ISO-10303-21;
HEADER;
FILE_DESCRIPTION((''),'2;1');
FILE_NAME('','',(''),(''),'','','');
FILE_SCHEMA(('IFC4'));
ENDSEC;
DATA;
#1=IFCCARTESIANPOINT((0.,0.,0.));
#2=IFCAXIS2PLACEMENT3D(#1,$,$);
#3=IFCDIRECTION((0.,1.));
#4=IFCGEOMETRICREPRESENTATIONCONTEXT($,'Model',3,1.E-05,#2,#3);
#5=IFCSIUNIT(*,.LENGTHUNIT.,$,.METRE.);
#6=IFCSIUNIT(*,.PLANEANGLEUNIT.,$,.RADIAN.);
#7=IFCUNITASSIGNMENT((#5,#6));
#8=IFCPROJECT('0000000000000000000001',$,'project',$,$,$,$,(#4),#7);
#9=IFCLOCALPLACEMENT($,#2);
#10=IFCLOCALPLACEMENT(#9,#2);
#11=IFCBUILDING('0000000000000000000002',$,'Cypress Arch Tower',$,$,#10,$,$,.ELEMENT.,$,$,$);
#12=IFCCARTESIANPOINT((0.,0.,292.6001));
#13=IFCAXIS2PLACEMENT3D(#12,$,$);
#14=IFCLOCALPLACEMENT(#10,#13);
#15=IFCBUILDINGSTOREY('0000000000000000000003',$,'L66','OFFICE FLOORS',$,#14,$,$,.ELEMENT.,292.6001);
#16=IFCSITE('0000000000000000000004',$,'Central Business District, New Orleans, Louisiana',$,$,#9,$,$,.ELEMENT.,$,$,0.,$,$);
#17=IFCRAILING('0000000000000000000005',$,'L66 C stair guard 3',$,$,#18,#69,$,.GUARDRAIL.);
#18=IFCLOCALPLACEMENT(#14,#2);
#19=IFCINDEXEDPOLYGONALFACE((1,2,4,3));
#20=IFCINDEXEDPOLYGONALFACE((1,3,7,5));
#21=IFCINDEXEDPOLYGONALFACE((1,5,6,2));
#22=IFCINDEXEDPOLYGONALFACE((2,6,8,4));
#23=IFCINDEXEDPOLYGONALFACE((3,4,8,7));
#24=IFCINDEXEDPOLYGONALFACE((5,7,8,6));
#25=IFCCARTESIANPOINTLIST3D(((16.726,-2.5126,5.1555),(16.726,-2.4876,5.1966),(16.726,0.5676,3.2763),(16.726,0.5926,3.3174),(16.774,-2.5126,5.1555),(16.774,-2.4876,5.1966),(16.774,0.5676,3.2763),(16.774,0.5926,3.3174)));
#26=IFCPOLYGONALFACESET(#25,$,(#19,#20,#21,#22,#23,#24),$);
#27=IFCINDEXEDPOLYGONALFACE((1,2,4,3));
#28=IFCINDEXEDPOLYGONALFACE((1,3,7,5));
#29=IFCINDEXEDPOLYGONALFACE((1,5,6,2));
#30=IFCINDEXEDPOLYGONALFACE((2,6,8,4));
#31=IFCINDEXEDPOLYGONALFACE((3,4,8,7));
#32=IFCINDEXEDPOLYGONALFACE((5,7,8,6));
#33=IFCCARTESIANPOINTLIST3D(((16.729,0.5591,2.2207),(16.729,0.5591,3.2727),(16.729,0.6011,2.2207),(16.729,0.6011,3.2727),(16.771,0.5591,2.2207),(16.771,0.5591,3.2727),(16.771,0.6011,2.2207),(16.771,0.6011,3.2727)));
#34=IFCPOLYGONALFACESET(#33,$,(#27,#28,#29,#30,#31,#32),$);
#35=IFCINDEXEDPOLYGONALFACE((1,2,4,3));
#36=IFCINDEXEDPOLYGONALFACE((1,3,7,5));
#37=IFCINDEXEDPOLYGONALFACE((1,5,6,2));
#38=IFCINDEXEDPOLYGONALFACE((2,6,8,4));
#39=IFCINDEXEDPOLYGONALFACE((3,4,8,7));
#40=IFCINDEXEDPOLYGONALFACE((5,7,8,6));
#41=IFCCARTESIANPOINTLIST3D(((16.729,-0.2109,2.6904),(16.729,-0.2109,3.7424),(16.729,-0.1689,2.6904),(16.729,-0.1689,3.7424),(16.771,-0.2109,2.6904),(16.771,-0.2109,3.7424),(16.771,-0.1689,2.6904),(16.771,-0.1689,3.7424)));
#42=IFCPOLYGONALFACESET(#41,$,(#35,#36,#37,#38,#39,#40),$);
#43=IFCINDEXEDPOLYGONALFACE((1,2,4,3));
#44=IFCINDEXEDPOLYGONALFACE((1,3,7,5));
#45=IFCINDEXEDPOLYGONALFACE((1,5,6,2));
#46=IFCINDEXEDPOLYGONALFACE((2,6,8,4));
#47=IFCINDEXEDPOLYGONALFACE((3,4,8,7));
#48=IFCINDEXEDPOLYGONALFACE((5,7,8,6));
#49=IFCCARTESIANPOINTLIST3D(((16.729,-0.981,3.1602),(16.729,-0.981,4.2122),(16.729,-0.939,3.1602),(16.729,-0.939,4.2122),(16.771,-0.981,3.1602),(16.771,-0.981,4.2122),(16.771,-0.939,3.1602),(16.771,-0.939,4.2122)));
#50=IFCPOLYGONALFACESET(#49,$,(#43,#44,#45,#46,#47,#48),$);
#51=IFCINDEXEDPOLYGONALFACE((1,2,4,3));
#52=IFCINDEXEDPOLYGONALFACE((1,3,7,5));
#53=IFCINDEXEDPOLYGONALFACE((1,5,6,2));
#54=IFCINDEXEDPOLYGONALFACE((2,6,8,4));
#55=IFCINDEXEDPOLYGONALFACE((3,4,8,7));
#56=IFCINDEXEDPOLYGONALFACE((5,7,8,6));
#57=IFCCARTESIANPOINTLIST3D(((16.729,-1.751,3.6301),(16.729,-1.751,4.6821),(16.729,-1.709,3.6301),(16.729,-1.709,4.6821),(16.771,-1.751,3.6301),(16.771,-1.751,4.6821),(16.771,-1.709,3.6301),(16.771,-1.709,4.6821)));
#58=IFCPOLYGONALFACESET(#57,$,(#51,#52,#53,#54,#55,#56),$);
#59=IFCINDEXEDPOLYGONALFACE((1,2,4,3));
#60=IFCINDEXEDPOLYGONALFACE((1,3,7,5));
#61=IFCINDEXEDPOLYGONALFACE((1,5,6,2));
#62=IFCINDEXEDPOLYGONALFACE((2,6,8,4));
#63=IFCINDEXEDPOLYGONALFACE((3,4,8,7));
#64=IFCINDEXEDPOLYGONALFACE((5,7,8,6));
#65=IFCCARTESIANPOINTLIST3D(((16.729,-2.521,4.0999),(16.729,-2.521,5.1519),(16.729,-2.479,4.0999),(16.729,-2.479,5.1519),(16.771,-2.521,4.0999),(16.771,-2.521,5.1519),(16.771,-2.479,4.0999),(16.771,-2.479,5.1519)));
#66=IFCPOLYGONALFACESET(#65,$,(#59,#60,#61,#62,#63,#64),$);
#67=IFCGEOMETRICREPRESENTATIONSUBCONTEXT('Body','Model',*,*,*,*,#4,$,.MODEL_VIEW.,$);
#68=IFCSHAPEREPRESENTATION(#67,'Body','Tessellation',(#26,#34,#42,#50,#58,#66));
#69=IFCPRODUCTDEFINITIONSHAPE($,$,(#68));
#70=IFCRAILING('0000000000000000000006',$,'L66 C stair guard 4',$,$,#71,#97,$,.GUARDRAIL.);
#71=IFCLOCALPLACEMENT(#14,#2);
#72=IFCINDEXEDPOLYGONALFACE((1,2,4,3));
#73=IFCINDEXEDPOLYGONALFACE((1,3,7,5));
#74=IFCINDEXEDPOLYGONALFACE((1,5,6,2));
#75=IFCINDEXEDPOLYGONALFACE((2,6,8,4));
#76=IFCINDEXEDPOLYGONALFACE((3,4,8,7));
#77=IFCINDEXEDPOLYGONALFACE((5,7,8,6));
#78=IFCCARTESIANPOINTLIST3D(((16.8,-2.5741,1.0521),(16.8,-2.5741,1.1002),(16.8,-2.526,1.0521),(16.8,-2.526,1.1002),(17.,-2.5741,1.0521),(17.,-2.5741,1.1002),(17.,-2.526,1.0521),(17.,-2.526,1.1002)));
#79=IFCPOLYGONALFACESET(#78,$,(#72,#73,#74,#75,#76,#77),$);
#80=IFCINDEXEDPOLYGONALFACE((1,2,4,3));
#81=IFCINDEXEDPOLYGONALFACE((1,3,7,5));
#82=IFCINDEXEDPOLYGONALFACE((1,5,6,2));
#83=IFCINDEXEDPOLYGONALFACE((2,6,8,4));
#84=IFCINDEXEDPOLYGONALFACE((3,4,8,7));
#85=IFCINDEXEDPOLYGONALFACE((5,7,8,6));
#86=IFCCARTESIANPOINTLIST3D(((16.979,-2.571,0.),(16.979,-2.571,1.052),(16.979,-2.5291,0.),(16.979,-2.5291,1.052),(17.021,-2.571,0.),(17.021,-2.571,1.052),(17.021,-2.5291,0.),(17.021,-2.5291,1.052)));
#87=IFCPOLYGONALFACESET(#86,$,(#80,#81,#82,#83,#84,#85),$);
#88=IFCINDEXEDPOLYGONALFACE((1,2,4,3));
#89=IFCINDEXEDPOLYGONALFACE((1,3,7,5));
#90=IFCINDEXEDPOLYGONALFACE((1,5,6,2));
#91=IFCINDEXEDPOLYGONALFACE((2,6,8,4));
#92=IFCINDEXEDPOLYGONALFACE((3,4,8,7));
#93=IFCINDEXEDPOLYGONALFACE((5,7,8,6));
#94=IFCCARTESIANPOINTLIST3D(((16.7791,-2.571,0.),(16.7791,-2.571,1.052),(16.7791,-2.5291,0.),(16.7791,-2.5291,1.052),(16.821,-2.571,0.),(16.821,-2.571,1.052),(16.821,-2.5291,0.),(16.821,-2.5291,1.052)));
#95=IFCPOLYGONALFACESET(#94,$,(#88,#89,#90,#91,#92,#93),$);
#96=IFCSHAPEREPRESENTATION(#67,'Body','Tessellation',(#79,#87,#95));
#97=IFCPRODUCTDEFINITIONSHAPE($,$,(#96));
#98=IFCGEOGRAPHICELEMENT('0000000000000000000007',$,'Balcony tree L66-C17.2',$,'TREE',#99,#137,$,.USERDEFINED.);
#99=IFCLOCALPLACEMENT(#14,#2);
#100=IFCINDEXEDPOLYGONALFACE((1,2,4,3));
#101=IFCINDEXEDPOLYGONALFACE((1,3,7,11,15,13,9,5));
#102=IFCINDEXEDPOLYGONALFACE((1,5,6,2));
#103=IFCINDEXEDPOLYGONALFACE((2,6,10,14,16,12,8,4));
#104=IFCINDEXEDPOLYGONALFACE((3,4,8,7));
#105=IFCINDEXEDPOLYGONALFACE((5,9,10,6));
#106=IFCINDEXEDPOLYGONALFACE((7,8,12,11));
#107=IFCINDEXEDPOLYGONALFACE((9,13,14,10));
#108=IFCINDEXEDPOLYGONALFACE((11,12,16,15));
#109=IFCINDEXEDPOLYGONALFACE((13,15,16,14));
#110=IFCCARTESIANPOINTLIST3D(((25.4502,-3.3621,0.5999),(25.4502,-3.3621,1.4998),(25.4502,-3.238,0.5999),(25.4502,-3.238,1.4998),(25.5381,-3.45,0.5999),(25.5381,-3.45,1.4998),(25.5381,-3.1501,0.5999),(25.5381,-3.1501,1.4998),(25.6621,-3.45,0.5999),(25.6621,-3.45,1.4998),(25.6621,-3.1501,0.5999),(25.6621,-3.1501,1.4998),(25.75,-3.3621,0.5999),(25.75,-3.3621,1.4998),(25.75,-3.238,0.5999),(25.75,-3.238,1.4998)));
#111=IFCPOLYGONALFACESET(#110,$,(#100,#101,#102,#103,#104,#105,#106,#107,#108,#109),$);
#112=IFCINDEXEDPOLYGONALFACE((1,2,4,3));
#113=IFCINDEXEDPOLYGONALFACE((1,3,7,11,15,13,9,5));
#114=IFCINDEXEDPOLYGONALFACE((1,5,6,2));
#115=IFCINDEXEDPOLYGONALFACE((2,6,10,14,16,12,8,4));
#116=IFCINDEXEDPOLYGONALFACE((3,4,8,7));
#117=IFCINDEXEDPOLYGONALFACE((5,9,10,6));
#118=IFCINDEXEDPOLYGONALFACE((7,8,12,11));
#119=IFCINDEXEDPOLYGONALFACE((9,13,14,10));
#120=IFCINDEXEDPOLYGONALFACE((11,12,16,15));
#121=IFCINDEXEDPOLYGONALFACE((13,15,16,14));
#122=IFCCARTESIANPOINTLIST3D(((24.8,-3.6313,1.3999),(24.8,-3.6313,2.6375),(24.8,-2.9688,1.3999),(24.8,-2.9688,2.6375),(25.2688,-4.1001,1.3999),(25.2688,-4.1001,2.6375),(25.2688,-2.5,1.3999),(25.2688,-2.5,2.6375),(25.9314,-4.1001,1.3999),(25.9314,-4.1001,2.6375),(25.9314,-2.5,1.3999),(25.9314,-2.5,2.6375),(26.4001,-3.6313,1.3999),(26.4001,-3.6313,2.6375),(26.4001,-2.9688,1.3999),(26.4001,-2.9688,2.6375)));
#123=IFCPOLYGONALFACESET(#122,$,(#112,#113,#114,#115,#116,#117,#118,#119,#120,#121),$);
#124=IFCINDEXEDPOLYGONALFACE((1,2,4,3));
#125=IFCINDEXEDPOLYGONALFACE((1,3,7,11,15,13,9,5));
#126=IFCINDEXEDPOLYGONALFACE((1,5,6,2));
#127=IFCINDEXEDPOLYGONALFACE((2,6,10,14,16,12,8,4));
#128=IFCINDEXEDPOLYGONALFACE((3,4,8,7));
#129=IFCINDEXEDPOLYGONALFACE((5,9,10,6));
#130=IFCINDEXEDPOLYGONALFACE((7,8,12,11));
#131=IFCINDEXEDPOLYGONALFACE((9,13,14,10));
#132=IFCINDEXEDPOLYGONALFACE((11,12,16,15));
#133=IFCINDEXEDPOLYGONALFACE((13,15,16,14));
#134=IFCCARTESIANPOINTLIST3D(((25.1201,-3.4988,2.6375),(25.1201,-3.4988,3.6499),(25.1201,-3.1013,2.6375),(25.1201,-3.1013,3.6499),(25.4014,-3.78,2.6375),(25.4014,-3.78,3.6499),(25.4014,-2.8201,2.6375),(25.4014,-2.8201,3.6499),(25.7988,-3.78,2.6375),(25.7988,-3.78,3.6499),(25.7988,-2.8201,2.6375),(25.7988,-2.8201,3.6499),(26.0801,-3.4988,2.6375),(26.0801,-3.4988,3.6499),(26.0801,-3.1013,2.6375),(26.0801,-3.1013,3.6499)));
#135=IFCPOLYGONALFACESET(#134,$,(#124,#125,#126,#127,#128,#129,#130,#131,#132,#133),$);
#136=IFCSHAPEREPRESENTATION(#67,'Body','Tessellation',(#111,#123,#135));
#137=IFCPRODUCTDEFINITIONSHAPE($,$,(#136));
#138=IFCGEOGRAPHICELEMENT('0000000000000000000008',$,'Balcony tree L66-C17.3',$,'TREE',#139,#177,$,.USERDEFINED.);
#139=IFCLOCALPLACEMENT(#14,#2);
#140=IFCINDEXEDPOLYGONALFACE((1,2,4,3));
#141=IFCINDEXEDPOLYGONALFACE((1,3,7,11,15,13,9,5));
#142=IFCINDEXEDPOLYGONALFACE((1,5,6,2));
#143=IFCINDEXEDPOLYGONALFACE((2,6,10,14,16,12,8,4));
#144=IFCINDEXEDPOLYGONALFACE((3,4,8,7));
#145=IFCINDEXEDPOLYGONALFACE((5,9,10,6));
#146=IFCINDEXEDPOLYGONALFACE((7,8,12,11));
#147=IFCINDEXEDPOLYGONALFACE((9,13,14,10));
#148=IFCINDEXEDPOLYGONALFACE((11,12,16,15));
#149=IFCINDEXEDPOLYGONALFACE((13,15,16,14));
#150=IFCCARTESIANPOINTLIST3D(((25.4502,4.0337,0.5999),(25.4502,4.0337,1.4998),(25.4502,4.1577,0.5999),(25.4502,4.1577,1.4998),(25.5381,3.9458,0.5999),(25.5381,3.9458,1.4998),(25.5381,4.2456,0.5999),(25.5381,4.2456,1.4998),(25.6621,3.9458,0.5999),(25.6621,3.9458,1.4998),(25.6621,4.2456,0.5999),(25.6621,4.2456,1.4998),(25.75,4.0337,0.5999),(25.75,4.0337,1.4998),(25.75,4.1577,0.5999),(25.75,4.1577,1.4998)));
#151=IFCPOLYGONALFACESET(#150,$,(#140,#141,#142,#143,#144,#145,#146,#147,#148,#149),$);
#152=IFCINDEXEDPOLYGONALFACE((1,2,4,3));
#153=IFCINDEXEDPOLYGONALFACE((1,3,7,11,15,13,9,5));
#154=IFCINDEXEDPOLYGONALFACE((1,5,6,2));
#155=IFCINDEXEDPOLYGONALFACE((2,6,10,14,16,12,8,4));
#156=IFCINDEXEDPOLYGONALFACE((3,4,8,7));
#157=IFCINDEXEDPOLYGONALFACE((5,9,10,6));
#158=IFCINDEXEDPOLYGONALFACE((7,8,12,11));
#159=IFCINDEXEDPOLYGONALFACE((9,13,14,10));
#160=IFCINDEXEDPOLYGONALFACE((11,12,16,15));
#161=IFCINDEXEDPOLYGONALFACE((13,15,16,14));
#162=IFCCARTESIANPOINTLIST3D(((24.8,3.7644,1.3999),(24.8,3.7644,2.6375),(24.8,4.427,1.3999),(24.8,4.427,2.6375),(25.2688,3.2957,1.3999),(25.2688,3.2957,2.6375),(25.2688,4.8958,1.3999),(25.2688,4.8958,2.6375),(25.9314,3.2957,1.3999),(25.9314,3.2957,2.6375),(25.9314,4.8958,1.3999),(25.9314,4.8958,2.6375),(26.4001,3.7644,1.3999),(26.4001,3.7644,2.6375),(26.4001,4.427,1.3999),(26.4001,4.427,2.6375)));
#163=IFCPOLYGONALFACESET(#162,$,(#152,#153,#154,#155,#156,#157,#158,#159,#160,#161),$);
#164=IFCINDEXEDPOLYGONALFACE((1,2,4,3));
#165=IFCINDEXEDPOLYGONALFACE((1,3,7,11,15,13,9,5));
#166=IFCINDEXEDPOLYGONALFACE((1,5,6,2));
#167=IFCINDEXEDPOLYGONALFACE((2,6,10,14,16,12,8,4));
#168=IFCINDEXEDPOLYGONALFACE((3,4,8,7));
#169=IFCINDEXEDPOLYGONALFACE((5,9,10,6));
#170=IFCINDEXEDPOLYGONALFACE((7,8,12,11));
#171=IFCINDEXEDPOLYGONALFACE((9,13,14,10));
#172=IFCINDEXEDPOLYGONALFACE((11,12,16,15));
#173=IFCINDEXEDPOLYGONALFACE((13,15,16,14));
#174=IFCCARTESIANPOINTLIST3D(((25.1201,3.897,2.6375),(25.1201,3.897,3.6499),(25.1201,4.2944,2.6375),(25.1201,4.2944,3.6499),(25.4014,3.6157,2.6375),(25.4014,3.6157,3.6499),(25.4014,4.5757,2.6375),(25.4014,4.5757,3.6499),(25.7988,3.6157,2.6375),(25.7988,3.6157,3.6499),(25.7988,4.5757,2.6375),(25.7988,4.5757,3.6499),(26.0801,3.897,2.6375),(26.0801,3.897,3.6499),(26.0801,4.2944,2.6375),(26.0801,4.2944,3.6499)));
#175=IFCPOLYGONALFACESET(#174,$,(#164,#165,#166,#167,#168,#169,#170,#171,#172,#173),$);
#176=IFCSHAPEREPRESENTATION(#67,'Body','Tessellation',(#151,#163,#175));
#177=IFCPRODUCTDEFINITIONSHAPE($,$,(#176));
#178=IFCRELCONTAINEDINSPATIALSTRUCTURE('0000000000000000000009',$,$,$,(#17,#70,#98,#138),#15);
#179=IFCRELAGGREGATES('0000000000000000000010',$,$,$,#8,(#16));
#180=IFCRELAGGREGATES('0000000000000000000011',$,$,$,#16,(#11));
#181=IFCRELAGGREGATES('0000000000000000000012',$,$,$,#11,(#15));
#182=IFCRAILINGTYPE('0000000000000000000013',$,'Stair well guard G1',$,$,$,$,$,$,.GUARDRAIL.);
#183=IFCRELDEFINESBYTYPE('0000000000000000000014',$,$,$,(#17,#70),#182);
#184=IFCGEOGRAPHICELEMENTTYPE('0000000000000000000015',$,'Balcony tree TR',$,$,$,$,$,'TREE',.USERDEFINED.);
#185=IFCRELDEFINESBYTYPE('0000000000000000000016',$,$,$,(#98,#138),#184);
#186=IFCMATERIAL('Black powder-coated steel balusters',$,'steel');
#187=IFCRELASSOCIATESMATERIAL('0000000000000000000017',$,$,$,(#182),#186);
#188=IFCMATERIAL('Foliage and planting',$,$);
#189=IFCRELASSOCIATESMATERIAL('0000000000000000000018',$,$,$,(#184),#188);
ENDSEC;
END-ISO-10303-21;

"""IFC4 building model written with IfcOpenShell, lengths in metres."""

from ifc_helpers import new_model, si_unit, direction, frame, origin, origin_2d, place, context, subcontext, project, spatial, polyline, rectangle, outline, extrude, material, type_object, element, save


model = new_model("IFC4")

# Units and contexts
model_context = context("Model", 3, precision=1e-05, world=origin(), true_north=direction((0.0, 1.0)))
body_context = subcontext(model_context, "Body", "Model", "MODEL_VIEW")
ifc_project = project(units=[si_unit("LENGTHUNIT", "METRE"), si_unit("PLANEANGLEUNIT", "RADIAN")], contexts=[model_context])

# Site, building, storey
site_placement = place(None, origin())
site = spatial("IfcSite", under=ifc_project, at=site_placement, Name="Central Business District, New Orleans, Louisiana", CompositionType="ELEMENT", RefElevation=0.0)
building_placement = place(site_placement, origin())
building = spatial("IfcBuilding", under=site, at=building_placement, Name="Cypress Arch Tower", CompositionType="ELEMENT")
storey_placement = place(building_placement, frame((0.0, 0.0, 292.6001)))
storey = spatial("IfcBuildingStorey", under=building, at=storey_placement, Name="L66", Description="OFFICE FLOORS", CompositionType="ELEMENT", Elevation=292.6001)

# Railings
ifc_material_1 = material(Name="Black powder-coated steel balusters", Category="steel")
railing_type_1 = type_object("IfcRailingType", Name="Stair well guard G1", PredefinedType="GUARDRAIL", material=ifc_material_1)
railing_1_placement = place(storey_placement, frame((16.75, 0.5801, 2.2207)))
element("IfcRailing", 1, at=railing_1_placement, inside=storey, type_object=railing_type_1, Name="L66 C stair guard 3", PredefinedType="GUARDRAIL", context=body_context, shape_type="SweptSolid", body=[
    extrude(rectangle(XDim=0.0481, YDim=0.0481, at=origin_2d()), frame((0.0, 0.0, 1.0762), z_axis=(0.0, -0.853666, 0.52082), x_axis=(1.0, 0.0, 0.0)), (0.0, 0.0, 1.0), 3.6082),
    extrude(rectangle(XDim=0.042, YDim=0.042, at=origin_2d()), origin(), (0.0, 0.0, 1.0), 1.052),
    extrude(rectangle(XDim=0.042, YDim=0.042, at=origin_2d()), frame((0.0, -0.77, 0.4697)), (0.0, 0.0, 1.0), 1.052),
    extrude(rectangle(XDim=0.042, YDim=0.042, at=origin_2d()), frame((0.0, -1.54, 0.9395)), (0.0, 0.0, 1.0), 1.052),
    extrude(rectangle(XDim=0.042, YDim=0.042, at=origin_2d()), frame((0.0, -2.3101, 1.4094)), (0.0, 0.0, 1.0), 1.052),
    extrude(rectangle(XDim=0.042, YDim=0.042, at=origin_2d()), frame((0.0, -3.0801, 1.8792)), (0.0, 0.0, 1.0), 1.052),
])
railing_2_placement = place(storey_placement, frame((17.0, -2.55, 0.0)))
element("IfcRailing", 2, at=railing_2_placement, inside=storey, type_object=railing_type_1, Name="L66 C stair guard 4", PredefinedType="GUARDRAIL", context=body_context, shape_type="SweptSolid", body=[
    extrude(rectangle(XDim=0.0481, YDim=0.0481, at=origin_2d()), frame((0.0, 0.0, 1.0762), z_axis=(-1.0, 0.0, 0.0), x_axis=(0.0, -1.0, 0.0)), (0.0, 0.0, 1.0), 0.2),
    extrude(rectangle(XDim=0.042, YDim=0.042, at=origin_2d()), origin(), (0.0, 0.0, 1.0), 1.052),
    extrude(rectangle(XDim=0.042, YDim=0.042, at=origin_2d()), frame((-0.2, 0.0, 0.0)), (0.0, 0.0, 1.0), 1.052),
])

# Geographic elements
ifc_material_2 = material(Name="Foliage and planting")
geographic_element_type = type_object("IfcGeographicElementType", Name="Balcony tree TR", ElementType="TREE", PredefinedType="USERDEFINED", material=ifc_material_2)
for number, where, z_axis, x_axis, name in (
    (3, (25.6001, -3.3, 0.5999), (0.0, 0.0, 1.0), (1.0, 0.0, 0.0), "Balcony tree L66-C17.2"),
    (4, (25.6001, 4.0957, 0.5999), (0.0, 0.0, 1.0), (1.0, 0.0, 0.0), "Balcony tree L66-C17.3"),
):
    element("IfcGeographicElement", number, at=place(storey_placement, frame(where, z_axis=z_axis, x_axis=x_axis)), inside=storey, type_object=geographic_element_type, Name=name, ObjectType="TREE", PredefinedType="USERDEFINED", context=body_context, shape_type="SweptSolid", body=[
        extrude(outline(polyline([(0.1499, 0.062), (0.062, 0.1499), (-0.062, 0.1499), (-0.1499, 0.062), (-0.1499, -0.062), (-0.062, -0.1499), (0.062, -0.1499), (0.1499, -0.062), (0.1499, 0.062)])), origin(), (0.0, 0.0, 1.0), 0.8999),
        extrude(outline(polyline([(0.8, 0.3313), (0.3313, 0.8), (-0.3313, 0.8), (-0.8, 0.3313), (-0.8, -0.3313), (-0.3313, -0.8), (0.3313, -0.8), (0.8, -0.3313), (0.8, 0.3313)])), frame((0.0, 0.0, 0.8)), (0.0, 0.0, 1.0), 1.2375),
        extrude(outline(polyline([(0.48, 0.1987), (0.1987, 0.48), (-0.1987, 0.48), (-0.48, 0.1987), (-0.48, -0.1987), (-0.1987, -0.48), (0.1987, -0.48), (0.48, -0.1987), (0.48, 0.1987)])), frame((0.0, 0.0, 2.0376)), (0.0, 0.0, 1.0), 1.0125),
    ])

save(model, "model.ifc")
